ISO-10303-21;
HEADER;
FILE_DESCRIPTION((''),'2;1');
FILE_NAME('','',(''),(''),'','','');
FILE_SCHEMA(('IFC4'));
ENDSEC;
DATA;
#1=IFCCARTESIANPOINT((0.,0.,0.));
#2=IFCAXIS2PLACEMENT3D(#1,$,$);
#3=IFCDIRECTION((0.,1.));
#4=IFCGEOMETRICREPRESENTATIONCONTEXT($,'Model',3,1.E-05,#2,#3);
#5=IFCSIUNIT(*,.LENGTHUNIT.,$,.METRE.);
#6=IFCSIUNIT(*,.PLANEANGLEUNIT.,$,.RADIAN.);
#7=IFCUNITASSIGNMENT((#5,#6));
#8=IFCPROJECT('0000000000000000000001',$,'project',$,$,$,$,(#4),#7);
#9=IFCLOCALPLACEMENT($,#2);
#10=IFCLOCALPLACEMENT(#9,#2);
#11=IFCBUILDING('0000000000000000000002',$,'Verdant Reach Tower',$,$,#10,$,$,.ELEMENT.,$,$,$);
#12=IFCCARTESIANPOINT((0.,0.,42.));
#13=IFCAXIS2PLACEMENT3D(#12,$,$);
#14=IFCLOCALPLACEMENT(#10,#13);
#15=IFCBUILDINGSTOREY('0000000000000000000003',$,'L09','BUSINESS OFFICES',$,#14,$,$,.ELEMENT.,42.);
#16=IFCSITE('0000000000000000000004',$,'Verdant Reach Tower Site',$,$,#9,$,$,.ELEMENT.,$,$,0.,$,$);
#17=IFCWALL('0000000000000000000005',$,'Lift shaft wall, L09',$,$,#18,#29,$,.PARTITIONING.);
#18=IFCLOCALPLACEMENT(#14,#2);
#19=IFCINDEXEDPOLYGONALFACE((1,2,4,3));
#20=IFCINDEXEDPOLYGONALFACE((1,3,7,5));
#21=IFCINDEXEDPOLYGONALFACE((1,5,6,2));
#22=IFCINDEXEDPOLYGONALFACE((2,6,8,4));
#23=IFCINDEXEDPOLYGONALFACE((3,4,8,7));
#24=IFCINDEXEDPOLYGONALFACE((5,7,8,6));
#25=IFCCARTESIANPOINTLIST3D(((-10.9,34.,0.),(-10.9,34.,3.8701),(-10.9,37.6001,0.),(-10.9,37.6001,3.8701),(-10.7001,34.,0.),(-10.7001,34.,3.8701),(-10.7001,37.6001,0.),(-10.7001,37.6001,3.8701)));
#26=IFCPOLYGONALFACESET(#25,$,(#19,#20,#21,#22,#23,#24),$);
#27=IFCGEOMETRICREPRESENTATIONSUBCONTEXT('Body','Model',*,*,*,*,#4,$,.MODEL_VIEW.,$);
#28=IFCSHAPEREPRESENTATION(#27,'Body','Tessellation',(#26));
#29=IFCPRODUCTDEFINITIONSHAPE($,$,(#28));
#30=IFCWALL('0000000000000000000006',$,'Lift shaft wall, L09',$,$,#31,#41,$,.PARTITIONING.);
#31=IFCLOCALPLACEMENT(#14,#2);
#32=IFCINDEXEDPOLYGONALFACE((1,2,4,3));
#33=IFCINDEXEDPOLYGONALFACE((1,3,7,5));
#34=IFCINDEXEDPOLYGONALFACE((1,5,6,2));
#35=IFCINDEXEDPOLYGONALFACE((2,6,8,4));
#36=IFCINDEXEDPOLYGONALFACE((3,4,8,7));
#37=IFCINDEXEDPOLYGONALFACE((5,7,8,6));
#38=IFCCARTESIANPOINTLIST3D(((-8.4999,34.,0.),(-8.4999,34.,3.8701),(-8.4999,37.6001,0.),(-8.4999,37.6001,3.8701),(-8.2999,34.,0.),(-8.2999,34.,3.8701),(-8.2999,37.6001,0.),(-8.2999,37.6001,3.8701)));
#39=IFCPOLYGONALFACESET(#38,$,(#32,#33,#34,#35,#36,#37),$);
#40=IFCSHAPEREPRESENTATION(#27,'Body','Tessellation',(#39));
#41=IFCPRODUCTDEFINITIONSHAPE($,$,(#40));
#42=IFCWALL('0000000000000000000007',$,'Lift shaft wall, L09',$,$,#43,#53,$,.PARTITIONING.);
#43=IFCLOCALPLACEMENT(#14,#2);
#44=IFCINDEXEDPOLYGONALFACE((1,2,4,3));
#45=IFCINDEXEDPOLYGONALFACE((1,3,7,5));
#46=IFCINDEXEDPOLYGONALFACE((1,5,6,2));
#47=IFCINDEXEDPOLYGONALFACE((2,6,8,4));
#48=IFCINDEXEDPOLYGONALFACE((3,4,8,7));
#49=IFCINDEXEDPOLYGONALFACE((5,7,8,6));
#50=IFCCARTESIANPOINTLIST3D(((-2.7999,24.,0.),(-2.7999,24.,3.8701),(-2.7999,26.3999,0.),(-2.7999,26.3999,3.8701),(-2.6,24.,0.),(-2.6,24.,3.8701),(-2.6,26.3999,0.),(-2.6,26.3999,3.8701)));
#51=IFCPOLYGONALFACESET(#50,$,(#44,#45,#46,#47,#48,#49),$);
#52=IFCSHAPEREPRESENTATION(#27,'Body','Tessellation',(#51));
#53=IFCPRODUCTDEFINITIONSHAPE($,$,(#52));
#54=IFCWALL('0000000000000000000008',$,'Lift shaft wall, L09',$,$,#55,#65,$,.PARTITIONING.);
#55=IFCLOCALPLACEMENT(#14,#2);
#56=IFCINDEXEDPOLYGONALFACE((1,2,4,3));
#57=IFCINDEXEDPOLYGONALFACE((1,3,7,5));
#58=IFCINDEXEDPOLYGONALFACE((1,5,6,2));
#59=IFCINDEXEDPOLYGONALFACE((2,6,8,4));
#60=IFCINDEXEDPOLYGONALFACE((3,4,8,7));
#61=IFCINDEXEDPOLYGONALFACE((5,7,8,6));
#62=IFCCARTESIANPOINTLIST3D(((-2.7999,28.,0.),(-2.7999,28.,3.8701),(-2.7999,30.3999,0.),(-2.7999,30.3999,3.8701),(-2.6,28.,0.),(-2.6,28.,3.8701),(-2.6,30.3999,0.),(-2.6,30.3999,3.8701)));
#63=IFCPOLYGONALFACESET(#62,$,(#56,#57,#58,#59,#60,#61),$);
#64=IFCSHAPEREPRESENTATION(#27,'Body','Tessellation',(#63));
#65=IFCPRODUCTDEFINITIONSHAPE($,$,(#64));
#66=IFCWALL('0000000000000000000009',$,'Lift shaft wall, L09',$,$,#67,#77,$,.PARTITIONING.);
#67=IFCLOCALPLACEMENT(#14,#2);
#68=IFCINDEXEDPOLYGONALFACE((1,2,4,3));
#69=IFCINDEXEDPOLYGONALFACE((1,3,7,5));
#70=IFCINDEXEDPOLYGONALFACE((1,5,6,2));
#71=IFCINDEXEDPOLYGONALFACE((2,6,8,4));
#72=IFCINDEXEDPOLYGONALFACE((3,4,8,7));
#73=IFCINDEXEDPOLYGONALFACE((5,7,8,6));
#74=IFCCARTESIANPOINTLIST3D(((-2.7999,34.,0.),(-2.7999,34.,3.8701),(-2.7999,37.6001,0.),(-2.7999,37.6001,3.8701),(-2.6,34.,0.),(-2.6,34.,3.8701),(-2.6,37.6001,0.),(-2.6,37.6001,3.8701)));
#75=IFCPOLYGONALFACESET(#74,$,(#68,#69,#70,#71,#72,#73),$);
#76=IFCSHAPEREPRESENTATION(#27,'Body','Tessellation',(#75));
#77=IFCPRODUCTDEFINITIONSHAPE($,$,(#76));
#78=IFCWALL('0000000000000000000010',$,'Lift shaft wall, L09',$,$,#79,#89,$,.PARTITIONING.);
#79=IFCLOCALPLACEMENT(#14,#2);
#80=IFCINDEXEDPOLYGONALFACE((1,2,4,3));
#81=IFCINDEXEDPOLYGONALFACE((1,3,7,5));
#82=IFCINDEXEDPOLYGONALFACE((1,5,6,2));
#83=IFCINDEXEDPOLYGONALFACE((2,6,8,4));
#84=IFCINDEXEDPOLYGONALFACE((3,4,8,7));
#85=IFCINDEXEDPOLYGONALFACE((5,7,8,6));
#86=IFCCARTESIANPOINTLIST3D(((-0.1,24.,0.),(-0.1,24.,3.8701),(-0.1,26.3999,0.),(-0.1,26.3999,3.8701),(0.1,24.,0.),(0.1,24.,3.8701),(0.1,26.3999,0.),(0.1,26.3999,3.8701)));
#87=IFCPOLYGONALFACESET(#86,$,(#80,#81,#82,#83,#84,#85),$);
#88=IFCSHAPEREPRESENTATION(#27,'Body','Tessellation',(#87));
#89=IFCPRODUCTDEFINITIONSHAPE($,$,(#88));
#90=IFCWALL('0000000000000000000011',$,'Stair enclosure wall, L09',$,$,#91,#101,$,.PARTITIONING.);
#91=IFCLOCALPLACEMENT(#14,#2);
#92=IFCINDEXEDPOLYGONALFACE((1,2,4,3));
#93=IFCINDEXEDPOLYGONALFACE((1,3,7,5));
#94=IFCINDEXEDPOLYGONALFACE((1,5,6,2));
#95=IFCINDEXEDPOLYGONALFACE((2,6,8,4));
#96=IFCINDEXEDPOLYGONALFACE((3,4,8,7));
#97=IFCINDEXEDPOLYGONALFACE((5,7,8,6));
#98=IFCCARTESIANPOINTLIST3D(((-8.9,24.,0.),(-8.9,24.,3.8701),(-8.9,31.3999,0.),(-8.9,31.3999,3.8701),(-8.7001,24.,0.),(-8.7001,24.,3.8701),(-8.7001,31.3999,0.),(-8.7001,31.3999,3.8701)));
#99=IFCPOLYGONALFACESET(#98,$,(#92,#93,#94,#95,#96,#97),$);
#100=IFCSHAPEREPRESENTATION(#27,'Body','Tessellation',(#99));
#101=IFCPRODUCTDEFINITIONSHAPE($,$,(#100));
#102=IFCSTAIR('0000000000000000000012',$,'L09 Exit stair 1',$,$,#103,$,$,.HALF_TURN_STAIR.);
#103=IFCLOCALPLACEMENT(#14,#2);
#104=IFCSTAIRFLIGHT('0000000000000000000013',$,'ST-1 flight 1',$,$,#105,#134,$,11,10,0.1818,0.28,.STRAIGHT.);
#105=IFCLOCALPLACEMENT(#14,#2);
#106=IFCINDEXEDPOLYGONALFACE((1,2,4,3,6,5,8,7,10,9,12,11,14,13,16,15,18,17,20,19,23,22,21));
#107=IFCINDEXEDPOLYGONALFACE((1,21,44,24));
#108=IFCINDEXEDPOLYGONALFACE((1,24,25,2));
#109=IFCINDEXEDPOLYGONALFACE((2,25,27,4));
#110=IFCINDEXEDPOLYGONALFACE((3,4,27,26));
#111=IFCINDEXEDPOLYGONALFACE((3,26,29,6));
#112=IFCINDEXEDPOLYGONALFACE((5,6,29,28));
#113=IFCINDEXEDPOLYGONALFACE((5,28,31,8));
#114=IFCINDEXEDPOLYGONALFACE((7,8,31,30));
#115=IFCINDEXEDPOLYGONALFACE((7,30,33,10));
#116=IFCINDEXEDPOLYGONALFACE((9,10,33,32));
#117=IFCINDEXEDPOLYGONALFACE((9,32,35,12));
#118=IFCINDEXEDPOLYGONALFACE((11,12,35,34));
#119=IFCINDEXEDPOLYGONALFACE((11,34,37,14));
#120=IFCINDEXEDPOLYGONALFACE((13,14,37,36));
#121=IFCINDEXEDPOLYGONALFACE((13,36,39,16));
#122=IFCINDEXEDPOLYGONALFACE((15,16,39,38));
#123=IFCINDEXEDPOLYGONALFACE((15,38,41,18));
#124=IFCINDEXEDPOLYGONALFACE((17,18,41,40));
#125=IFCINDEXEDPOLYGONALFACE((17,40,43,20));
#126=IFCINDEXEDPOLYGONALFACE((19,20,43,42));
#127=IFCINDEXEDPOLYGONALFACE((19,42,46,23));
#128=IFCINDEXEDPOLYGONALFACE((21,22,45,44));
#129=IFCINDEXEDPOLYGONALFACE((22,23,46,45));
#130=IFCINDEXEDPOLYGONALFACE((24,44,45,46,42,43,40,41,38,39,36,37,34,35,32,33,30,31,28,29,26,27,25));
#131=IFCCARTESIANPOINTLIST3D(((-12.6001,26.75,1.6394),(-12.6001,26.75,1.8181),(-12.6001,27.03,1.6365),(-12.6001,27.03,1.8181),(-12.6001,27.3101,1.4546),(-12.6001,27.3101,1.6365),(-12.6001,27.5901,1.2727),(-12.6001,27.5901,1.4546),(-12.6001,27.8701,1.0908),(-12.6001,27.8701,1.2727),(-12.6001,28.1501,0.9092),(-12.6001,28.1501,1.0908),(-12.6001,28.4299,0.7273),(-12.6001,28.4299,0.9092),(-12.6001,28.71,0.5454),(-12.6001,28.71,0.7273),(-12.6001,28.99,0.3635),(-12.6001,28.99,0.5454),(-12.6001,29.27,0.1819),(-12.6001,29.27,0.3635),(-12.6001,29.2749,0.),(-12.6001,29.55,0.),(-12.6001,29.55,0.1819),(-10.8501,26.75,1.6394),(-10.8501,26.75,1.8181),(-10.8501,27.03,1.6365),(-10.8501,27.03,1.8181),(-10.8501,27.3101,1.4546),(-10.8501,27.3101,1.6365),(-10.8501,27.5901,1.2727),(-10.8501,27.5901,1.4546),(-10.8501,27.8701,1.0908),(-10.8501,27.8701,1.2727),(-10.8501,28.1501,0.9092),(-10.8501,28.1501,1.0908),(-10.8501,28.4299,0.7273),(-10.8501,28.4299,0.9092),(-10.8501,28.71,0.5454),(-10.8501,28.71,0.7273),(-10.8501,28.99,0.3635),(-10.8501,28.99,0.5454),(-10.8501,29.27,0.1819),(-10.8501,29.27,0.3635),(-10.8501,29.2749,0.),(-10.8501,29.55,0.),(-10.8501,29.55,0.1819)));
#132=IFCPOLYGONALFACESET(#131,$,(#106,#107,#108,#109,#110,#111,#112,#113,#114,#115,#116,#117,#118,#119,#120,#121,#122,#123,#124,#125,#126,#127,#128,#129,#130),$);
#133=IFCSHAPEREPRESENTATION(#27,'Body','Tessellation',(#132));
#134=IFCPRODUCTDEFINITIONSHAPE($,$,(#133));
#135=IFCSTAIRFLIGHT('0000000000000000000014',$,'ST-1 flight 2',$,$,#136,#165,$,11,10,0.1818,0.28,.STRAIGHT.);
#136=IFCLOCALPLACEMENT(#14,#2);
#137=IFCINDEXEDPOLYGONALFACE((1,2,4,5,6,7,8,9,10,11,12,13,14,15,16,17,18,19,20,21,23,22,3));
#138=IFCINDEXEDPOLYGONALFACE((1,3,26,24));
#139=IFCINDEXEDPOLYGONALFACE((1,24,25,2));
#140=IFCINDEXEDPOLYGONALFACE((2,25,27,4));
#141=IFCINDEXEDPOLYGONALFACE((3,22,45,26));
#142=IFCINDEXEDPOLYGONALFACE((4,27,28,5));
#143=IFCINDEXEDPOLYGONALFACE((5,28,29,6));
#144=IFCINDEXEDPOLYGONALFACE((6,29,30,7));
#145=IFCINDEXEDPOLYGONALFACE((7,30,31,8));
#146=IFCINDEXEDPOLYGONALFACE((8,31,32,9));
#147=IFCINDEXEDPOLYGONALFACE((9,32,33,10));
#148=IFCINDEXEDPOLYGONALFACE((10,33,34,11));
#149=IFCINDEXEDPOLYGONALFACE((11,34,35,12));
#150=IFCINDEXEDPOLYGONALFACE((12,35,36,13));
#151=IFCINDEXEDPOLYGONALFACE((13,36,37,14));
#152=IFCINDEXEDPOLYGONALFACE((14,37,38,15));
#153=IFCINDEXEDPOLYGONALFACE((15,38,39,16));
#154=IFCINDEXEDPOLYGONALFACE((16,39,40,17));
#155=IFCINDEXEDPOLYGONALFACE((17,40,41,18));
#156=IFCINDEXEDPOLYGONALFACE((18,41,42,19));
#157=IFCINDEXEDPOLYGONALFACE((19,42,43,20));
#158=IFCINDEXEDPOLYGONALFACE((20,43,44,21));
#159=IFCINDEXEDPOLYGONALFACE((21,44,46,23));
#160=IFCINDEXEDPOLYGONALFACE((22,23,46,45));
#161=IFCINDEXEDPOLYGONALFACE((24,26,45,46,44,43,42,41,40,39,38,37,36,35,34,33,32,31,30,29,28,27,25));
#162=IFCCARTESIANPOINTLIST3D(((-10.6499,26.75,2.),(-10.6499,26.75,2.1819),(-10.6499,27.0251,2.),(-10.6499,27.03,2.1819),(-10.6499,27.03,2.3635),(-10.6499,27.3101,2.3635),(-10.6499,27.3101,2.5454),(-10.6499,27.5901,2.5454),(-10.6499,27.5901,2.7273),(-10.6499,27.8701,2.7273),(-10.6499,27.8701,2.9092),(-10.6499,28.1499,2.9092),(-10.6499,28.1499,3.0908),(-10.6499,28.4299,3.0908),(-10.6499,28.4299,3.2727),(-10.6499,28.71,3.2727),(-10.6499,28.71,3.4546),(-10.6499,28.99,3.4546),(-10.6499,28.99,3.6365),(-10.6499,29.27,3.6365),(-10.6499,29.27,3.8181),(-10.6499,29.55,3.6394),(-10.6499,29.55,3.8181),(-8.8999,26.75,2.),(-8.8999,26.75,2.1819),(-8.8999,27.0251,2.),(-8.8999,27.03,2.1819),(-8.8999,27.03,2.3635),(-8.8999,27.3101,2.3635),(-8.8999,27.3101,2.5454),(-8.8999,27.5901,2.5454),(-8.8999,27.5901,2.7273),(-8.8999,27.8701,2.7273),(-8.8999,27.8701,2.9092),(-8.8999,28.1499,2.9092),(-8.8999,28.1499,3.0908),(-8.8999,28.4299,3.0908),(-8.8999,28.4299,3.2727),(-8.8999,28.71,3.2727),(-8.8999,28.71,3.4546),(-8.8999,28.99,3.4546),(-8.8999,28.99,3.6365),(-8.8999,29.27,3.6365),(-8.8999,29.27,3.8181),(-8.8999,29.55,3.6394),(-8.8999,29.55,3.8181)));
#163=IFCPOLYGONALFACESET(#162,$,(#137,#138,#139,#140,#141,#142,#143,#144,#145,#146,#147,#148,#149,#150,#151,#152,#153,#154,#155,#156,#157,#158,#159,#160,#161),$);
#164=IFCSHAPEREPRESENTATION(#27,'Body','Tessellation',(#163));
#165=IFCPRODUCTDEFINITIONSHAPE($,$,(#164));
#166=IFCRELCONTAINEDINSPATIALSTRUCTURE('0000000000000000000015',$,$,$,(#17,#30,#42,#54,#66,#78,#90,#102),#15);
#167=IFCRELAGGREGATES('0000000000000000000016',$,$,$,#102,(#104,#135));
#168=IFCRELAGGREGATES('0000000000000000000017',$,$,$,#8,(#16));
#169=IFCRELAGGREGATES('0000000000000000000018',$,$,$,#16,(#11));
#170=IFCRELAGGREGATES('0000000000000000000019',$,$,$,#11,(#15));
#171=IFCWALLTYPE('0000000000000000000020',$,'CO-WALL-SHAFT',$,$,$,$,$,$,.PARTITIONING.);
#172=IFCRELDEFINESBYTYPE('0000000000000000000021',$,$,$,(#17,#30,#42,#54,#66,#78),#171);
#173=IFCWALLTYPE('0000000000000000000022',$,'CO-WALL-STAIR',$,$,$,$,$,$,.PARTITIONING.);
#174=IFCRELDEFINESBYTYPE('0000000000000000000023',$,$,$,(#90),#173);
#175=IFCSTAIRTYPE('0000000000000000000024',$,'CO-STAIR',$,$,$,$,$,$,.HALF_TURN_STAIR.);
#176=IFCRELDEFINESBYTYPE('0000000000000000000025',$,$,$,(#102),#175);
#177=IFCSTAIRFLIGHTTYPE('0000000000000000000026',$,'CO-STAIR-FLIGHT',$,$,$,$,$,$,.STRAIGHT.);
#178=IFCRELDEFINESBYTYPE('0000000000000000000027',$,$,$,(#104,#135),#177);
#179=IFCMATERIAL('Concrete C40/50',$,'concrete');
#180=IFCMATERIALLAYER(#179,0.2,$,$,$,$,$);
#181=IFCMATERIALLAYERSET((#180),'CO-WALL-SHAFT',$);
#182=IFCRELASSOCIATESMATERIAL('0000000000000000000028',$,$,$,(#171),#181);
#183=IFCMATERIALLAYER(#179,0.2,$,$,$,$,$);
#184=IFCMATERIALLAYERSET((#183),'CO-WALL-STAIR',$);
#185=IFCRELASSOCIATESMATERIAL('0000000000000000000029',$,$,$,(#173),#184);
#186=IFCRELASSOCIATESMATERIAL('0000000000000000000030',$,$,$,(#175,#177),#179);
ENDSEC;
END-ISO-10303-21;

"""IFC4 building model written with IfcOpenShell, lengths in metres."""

from ifc_helpers import new_model, si_unit, direction, frame, frame_2d, origin, place, context, subcontext, project, spatial, polyline, rectangle, outline, extrude, material, layer, layer_set, type_object, element, aggregate, save


model = new_model("IFC4")

# Units and contexts
model_context = context("Model", 3, precision=1e-05, world=origin(), true_north=direction((0.0, 1.0)))
body_context = subcontext(model_context, "Body", "Model", "MODEL_VIEW")
ifc_project = project(units=[si_unit("LENGTHUNIT", "METRE"), si_unit("PLANEANGLEUNIT", "RADIAN")], contexts=[model_context])

# Site, building, storey
site_placement = place(None, origin())
site = spatial("IfcSite", under=ifc_project, at=site_placement, Name="Verdant Reach Tower Site", CompositionType="ELEMENT", RefElevation=0.0)
building_placement = place(site_placement, origin())
building = spatial("IfcBuilding", under=site, at=building_placement, Name="Verdant Reach Tower", CompositionType="ELEMENT")
storey_placement = place(building_placement, frame((0.0, 0.0, 42.0)))
storey = spatial("IfcBuildingStorey", under=building, at=storey_placement, Name="L09", Description="BUSINESS OFFICES", CompositionType="ELEMENT", Elevation=42.0)

# Shared definitions
ifc_material_1 = material(Name="Concrete C40/50", Category="concrete")
ifc_layer_1 = layer(ifc_material_1, 0.2)
ifc_layer_set_1 = layer_set([ifc_layer_1], Name="CO-WALL-SHAFT")
wall_type_1 = type_object("IfcWallType", Name="CO-WALL-SHAFT", PredefinedType="PARTITIONING", material=ifc_layer_set_1)

# Walls
for number, where, z_axis, x_axis, name in (
    (1, (-10.8, 34.0, 0.0), (0.0, 0.0, 1.0), (0.0, 1.0, 0.0), "Lift shaft wall, L09"),
    (2, (-8.3999, 34.0, 0.0), (0.0, 0.0, 1.0), (0.0, 1.0, 0.0), "Lift shaft wall, L09"),
):
    element("IfcWall", number, at=place(storey_placement, frame(where, z_axis=z_axis, x_axis=x_axis)), inside=storey, type_object=wall_type_1, Name=name, PredefinedType="PARTITIONING", context=body_context, shape_type="SweptSolid", body=[
        extrude(rectangle(XDim=3.6001, YDim=0.2, at=frame_2d((1.8, 0.0))), origin(), (0.0, 0.0, 1.0), 3.8701),
    ])
for number, where, z_axis, x_axis, name in (
    (3, (-2.7, 24.0, 0.0), (0.0, 0.0, 1.0), (0.0, 1.0, 0.0), "Lift shaft wall, L09"),
    (4, (-2.7, 28.0, 0.0), (0.0, 0.0, 1.0), (0.0, 1.0, 0.0), "Lift shaft wall, L09"),
):
    element("IfcWall", number, at=place(storey_placement, frame(where, z_axis=z_axis, x_axis=x_axis)), inside=storey, type_object=wall_type_1, Name=name, PredefinedType="PARTITIONING", context=body_context, shape_type="SweptSolid", body=[
        extrude(rectangle(XDim=2.3999, YDim=0.2, at=frame_2d((1.2, 0.0))), origin(), (0.0, 0.0, 1.0), 3.8701),
    ])
wall_1_placement = place(storey_placement, frame((-2.7, 34.0, 0.0), z_axis=(0.0, 0.0, 1.0), x_axis=(0.0, 1.0, 0.0)))
element("IfcWall", 5, at=wall_1_placement, inside=storey, type_object=wall_type_1, Name="Lift shaft wall, L09", PredefinedType="PARTITIONING", context=body_context, shape_type="SweptSolid", body=[
    extrude(rectangle(XDim=3.6001, YDim=0.2, at=frame_2d((1.8, 0.0))), origin(), (0.0, 0.0, 1.0), 3.8701),
])
wall_2_placement = place(storey_placement, frame((0.0, 24.0, 0.0), z_axis=(0.0, 0.0, 1.0), x_axis=(0.0, 1.0, 0.0)))
element("IfcWall", 6, at=wall_2_placement, inside=storey, type_object=wall_type_1, Name="Lift shaft wall, L09", PredefinedType="PARTITIONING", context=body_context, shape_type="SweptSolid", body=[
    extrude(rectangle(XDim=2.3999, YDim=0.2, at=frame_2d((1.2, 0.0))), origin(), (0.0, 0.0, 1.0), 3.8701),
])
ifc_layer_2 = layer(ifc_material_1, 0.2)
ifc_layer_set_2 = layer_set([ifc_layer_2], Name="CO-WALL-STAIR")
wall_type_2 = type_object("IfcWallType", Name="CO-WALL-STAIR", PredefinedType="PARTITIONING", material=ifc_layer_set_2)
wall_3_placement = place(storey_placement, frame((-8.8, 24.0, 0.0), z_axis=(0.0, 0.0, 1.0), x_axis=(0.0, 1.0, 0.0)))
element("IfcWall", 7, at=wall_3_placement, inside=storey, type_object=wall_type_2, Name="Stair enclosure wall, L09", PredefinedType="PARTITIONING", context=body_context, shape_type="SweptSolid", body=[
    extrude(rectangle(XDim=7.3999, YDim=0.2, at=frame_2d((3.7, 0.0))), origin(), (0.0, 0.0, 1.0), 3.8701),
])

# Stair, stair flights
stair_type = type_object("IfcStairType", Name="CO-STAIR", PredefinedType="HALF_TURN_STAIR", material=ifc_material_1)
stair_placement = place(storey_placement, origin())
stair = element("IfcStair", 8, at=stair_placement, inside=storey, type_object=stair_type, Name="L09 Exit stair 1", PredefinedType="HALF_TURN_STAIR")
stair_flight_type = type_object("IfcStairFlightType", Name="CO-STAIR-FLIGHT", PredefinedType="STRAIGHT", material=ifc_material_1)
stair_flight_1_placement = place(storey_placement, frame((-11.7251, 29.55, 0.0), z_axis=(0.0, 0.0, 1.0), x_axis=(0.0, -1.0, 0.0)))
stair_flight_1 = element("IfcStairFlight", 9, at=stair_flight_1_placement, type_object=stair_flight_type, Name="ST-1 flight 1", NumberOfRisers=11, NumberOfTreads=10, PredefinedType="STRAIGHT", RiserHeight=0.1818, TreadLength=0.28, context=body_context, shape_type="SweptSolid", body=[
    extrude(outline(polyline([(0.0, 0.0), (0.0, 0.1819), (0.28, 0.1819), (0.28, 0.3635), (0.5601, 0.3635), (0.5601, 0.5454), (0.8401, 0.5454), (0.8401, 0.7273), (1.1201, 0.7273), (1.1201, 0.9092), (1.3999, 0.9092), (1.3999, 1.0908), (1.6799, 1.0908), (1.6799, 1.2727), (1.96, 1.2727), (1.96, 1.4546), (2.24, 1.4546), (2.24, 1.6365), (2.52, 1.6365), (2.52, 1.8181), (2.8, 1.8181), (2.8, 2.0), (2.8, 1.6394), (0.2751, 0.0), (0.0, 0.0)])), frame((0.0, 0.875, 0.0), z_axis=(0.0, -1.0, 0.0), x_axis=(1.0, 0.0, 0.0)), (0.0, 0.0, 1.0), 1.75),
])
stair_flight_2_placement = place(storey_placement, frame((-9.7749, 26.75, 2.0), z_axis=(0.0, 0.0, 1.0), x_axis=(0.0, 1.0, 0.0)))
stair_flight_2 = element("IfcStairFlight", 10, at=stair_flight_2_placement, type_object=stair_flight_type, Name="ST-1 flight 2", NumberOfRisers=11, NumberOfTreads=10, PredefinedType="STRAIGHT", RiserHeight=0.1818, TreadLength=0.28, context=body_context, shape_type="SweptSolid", body=[
    extrude(outline(polyline([(0.0, 0.0), (0.0, 0.1819), (0.28, 0.1819), (0.28, 0.3635), (0.5601, 0.3635), (0.5601, 0.5454), (0.8401, 0.5454), (0.8401, 0.7273), (1.1201, 0.7273), (1.1201, 0.9092), (1.3999, 0.9092), (1.3999, 1.0908), (1.6799, 1.0908), (1.6799, 1.2727), (1.96, 1.2727), (1.96, 1.4546), (2.24, 1.4546), (2.24, 1.6365), (2.52, 1.6365), (2.52, 1.8181), (2.8, 1.8181), (2.8, 2.0), (2.8, 1.6394), (0.2751, 0.0), (0.0, 0.0)])), frame((0.0, 0.875, 0.0), z_axis=(0.0, -1.0, 0.0), x_axis=(1.0, 0.0, 0.0)), (0.0, 0.0, 1.0), 1.75),
])
aggregate(stair, [stair_flight_1, stair_flight_2])

save(model, "model.ifc")
